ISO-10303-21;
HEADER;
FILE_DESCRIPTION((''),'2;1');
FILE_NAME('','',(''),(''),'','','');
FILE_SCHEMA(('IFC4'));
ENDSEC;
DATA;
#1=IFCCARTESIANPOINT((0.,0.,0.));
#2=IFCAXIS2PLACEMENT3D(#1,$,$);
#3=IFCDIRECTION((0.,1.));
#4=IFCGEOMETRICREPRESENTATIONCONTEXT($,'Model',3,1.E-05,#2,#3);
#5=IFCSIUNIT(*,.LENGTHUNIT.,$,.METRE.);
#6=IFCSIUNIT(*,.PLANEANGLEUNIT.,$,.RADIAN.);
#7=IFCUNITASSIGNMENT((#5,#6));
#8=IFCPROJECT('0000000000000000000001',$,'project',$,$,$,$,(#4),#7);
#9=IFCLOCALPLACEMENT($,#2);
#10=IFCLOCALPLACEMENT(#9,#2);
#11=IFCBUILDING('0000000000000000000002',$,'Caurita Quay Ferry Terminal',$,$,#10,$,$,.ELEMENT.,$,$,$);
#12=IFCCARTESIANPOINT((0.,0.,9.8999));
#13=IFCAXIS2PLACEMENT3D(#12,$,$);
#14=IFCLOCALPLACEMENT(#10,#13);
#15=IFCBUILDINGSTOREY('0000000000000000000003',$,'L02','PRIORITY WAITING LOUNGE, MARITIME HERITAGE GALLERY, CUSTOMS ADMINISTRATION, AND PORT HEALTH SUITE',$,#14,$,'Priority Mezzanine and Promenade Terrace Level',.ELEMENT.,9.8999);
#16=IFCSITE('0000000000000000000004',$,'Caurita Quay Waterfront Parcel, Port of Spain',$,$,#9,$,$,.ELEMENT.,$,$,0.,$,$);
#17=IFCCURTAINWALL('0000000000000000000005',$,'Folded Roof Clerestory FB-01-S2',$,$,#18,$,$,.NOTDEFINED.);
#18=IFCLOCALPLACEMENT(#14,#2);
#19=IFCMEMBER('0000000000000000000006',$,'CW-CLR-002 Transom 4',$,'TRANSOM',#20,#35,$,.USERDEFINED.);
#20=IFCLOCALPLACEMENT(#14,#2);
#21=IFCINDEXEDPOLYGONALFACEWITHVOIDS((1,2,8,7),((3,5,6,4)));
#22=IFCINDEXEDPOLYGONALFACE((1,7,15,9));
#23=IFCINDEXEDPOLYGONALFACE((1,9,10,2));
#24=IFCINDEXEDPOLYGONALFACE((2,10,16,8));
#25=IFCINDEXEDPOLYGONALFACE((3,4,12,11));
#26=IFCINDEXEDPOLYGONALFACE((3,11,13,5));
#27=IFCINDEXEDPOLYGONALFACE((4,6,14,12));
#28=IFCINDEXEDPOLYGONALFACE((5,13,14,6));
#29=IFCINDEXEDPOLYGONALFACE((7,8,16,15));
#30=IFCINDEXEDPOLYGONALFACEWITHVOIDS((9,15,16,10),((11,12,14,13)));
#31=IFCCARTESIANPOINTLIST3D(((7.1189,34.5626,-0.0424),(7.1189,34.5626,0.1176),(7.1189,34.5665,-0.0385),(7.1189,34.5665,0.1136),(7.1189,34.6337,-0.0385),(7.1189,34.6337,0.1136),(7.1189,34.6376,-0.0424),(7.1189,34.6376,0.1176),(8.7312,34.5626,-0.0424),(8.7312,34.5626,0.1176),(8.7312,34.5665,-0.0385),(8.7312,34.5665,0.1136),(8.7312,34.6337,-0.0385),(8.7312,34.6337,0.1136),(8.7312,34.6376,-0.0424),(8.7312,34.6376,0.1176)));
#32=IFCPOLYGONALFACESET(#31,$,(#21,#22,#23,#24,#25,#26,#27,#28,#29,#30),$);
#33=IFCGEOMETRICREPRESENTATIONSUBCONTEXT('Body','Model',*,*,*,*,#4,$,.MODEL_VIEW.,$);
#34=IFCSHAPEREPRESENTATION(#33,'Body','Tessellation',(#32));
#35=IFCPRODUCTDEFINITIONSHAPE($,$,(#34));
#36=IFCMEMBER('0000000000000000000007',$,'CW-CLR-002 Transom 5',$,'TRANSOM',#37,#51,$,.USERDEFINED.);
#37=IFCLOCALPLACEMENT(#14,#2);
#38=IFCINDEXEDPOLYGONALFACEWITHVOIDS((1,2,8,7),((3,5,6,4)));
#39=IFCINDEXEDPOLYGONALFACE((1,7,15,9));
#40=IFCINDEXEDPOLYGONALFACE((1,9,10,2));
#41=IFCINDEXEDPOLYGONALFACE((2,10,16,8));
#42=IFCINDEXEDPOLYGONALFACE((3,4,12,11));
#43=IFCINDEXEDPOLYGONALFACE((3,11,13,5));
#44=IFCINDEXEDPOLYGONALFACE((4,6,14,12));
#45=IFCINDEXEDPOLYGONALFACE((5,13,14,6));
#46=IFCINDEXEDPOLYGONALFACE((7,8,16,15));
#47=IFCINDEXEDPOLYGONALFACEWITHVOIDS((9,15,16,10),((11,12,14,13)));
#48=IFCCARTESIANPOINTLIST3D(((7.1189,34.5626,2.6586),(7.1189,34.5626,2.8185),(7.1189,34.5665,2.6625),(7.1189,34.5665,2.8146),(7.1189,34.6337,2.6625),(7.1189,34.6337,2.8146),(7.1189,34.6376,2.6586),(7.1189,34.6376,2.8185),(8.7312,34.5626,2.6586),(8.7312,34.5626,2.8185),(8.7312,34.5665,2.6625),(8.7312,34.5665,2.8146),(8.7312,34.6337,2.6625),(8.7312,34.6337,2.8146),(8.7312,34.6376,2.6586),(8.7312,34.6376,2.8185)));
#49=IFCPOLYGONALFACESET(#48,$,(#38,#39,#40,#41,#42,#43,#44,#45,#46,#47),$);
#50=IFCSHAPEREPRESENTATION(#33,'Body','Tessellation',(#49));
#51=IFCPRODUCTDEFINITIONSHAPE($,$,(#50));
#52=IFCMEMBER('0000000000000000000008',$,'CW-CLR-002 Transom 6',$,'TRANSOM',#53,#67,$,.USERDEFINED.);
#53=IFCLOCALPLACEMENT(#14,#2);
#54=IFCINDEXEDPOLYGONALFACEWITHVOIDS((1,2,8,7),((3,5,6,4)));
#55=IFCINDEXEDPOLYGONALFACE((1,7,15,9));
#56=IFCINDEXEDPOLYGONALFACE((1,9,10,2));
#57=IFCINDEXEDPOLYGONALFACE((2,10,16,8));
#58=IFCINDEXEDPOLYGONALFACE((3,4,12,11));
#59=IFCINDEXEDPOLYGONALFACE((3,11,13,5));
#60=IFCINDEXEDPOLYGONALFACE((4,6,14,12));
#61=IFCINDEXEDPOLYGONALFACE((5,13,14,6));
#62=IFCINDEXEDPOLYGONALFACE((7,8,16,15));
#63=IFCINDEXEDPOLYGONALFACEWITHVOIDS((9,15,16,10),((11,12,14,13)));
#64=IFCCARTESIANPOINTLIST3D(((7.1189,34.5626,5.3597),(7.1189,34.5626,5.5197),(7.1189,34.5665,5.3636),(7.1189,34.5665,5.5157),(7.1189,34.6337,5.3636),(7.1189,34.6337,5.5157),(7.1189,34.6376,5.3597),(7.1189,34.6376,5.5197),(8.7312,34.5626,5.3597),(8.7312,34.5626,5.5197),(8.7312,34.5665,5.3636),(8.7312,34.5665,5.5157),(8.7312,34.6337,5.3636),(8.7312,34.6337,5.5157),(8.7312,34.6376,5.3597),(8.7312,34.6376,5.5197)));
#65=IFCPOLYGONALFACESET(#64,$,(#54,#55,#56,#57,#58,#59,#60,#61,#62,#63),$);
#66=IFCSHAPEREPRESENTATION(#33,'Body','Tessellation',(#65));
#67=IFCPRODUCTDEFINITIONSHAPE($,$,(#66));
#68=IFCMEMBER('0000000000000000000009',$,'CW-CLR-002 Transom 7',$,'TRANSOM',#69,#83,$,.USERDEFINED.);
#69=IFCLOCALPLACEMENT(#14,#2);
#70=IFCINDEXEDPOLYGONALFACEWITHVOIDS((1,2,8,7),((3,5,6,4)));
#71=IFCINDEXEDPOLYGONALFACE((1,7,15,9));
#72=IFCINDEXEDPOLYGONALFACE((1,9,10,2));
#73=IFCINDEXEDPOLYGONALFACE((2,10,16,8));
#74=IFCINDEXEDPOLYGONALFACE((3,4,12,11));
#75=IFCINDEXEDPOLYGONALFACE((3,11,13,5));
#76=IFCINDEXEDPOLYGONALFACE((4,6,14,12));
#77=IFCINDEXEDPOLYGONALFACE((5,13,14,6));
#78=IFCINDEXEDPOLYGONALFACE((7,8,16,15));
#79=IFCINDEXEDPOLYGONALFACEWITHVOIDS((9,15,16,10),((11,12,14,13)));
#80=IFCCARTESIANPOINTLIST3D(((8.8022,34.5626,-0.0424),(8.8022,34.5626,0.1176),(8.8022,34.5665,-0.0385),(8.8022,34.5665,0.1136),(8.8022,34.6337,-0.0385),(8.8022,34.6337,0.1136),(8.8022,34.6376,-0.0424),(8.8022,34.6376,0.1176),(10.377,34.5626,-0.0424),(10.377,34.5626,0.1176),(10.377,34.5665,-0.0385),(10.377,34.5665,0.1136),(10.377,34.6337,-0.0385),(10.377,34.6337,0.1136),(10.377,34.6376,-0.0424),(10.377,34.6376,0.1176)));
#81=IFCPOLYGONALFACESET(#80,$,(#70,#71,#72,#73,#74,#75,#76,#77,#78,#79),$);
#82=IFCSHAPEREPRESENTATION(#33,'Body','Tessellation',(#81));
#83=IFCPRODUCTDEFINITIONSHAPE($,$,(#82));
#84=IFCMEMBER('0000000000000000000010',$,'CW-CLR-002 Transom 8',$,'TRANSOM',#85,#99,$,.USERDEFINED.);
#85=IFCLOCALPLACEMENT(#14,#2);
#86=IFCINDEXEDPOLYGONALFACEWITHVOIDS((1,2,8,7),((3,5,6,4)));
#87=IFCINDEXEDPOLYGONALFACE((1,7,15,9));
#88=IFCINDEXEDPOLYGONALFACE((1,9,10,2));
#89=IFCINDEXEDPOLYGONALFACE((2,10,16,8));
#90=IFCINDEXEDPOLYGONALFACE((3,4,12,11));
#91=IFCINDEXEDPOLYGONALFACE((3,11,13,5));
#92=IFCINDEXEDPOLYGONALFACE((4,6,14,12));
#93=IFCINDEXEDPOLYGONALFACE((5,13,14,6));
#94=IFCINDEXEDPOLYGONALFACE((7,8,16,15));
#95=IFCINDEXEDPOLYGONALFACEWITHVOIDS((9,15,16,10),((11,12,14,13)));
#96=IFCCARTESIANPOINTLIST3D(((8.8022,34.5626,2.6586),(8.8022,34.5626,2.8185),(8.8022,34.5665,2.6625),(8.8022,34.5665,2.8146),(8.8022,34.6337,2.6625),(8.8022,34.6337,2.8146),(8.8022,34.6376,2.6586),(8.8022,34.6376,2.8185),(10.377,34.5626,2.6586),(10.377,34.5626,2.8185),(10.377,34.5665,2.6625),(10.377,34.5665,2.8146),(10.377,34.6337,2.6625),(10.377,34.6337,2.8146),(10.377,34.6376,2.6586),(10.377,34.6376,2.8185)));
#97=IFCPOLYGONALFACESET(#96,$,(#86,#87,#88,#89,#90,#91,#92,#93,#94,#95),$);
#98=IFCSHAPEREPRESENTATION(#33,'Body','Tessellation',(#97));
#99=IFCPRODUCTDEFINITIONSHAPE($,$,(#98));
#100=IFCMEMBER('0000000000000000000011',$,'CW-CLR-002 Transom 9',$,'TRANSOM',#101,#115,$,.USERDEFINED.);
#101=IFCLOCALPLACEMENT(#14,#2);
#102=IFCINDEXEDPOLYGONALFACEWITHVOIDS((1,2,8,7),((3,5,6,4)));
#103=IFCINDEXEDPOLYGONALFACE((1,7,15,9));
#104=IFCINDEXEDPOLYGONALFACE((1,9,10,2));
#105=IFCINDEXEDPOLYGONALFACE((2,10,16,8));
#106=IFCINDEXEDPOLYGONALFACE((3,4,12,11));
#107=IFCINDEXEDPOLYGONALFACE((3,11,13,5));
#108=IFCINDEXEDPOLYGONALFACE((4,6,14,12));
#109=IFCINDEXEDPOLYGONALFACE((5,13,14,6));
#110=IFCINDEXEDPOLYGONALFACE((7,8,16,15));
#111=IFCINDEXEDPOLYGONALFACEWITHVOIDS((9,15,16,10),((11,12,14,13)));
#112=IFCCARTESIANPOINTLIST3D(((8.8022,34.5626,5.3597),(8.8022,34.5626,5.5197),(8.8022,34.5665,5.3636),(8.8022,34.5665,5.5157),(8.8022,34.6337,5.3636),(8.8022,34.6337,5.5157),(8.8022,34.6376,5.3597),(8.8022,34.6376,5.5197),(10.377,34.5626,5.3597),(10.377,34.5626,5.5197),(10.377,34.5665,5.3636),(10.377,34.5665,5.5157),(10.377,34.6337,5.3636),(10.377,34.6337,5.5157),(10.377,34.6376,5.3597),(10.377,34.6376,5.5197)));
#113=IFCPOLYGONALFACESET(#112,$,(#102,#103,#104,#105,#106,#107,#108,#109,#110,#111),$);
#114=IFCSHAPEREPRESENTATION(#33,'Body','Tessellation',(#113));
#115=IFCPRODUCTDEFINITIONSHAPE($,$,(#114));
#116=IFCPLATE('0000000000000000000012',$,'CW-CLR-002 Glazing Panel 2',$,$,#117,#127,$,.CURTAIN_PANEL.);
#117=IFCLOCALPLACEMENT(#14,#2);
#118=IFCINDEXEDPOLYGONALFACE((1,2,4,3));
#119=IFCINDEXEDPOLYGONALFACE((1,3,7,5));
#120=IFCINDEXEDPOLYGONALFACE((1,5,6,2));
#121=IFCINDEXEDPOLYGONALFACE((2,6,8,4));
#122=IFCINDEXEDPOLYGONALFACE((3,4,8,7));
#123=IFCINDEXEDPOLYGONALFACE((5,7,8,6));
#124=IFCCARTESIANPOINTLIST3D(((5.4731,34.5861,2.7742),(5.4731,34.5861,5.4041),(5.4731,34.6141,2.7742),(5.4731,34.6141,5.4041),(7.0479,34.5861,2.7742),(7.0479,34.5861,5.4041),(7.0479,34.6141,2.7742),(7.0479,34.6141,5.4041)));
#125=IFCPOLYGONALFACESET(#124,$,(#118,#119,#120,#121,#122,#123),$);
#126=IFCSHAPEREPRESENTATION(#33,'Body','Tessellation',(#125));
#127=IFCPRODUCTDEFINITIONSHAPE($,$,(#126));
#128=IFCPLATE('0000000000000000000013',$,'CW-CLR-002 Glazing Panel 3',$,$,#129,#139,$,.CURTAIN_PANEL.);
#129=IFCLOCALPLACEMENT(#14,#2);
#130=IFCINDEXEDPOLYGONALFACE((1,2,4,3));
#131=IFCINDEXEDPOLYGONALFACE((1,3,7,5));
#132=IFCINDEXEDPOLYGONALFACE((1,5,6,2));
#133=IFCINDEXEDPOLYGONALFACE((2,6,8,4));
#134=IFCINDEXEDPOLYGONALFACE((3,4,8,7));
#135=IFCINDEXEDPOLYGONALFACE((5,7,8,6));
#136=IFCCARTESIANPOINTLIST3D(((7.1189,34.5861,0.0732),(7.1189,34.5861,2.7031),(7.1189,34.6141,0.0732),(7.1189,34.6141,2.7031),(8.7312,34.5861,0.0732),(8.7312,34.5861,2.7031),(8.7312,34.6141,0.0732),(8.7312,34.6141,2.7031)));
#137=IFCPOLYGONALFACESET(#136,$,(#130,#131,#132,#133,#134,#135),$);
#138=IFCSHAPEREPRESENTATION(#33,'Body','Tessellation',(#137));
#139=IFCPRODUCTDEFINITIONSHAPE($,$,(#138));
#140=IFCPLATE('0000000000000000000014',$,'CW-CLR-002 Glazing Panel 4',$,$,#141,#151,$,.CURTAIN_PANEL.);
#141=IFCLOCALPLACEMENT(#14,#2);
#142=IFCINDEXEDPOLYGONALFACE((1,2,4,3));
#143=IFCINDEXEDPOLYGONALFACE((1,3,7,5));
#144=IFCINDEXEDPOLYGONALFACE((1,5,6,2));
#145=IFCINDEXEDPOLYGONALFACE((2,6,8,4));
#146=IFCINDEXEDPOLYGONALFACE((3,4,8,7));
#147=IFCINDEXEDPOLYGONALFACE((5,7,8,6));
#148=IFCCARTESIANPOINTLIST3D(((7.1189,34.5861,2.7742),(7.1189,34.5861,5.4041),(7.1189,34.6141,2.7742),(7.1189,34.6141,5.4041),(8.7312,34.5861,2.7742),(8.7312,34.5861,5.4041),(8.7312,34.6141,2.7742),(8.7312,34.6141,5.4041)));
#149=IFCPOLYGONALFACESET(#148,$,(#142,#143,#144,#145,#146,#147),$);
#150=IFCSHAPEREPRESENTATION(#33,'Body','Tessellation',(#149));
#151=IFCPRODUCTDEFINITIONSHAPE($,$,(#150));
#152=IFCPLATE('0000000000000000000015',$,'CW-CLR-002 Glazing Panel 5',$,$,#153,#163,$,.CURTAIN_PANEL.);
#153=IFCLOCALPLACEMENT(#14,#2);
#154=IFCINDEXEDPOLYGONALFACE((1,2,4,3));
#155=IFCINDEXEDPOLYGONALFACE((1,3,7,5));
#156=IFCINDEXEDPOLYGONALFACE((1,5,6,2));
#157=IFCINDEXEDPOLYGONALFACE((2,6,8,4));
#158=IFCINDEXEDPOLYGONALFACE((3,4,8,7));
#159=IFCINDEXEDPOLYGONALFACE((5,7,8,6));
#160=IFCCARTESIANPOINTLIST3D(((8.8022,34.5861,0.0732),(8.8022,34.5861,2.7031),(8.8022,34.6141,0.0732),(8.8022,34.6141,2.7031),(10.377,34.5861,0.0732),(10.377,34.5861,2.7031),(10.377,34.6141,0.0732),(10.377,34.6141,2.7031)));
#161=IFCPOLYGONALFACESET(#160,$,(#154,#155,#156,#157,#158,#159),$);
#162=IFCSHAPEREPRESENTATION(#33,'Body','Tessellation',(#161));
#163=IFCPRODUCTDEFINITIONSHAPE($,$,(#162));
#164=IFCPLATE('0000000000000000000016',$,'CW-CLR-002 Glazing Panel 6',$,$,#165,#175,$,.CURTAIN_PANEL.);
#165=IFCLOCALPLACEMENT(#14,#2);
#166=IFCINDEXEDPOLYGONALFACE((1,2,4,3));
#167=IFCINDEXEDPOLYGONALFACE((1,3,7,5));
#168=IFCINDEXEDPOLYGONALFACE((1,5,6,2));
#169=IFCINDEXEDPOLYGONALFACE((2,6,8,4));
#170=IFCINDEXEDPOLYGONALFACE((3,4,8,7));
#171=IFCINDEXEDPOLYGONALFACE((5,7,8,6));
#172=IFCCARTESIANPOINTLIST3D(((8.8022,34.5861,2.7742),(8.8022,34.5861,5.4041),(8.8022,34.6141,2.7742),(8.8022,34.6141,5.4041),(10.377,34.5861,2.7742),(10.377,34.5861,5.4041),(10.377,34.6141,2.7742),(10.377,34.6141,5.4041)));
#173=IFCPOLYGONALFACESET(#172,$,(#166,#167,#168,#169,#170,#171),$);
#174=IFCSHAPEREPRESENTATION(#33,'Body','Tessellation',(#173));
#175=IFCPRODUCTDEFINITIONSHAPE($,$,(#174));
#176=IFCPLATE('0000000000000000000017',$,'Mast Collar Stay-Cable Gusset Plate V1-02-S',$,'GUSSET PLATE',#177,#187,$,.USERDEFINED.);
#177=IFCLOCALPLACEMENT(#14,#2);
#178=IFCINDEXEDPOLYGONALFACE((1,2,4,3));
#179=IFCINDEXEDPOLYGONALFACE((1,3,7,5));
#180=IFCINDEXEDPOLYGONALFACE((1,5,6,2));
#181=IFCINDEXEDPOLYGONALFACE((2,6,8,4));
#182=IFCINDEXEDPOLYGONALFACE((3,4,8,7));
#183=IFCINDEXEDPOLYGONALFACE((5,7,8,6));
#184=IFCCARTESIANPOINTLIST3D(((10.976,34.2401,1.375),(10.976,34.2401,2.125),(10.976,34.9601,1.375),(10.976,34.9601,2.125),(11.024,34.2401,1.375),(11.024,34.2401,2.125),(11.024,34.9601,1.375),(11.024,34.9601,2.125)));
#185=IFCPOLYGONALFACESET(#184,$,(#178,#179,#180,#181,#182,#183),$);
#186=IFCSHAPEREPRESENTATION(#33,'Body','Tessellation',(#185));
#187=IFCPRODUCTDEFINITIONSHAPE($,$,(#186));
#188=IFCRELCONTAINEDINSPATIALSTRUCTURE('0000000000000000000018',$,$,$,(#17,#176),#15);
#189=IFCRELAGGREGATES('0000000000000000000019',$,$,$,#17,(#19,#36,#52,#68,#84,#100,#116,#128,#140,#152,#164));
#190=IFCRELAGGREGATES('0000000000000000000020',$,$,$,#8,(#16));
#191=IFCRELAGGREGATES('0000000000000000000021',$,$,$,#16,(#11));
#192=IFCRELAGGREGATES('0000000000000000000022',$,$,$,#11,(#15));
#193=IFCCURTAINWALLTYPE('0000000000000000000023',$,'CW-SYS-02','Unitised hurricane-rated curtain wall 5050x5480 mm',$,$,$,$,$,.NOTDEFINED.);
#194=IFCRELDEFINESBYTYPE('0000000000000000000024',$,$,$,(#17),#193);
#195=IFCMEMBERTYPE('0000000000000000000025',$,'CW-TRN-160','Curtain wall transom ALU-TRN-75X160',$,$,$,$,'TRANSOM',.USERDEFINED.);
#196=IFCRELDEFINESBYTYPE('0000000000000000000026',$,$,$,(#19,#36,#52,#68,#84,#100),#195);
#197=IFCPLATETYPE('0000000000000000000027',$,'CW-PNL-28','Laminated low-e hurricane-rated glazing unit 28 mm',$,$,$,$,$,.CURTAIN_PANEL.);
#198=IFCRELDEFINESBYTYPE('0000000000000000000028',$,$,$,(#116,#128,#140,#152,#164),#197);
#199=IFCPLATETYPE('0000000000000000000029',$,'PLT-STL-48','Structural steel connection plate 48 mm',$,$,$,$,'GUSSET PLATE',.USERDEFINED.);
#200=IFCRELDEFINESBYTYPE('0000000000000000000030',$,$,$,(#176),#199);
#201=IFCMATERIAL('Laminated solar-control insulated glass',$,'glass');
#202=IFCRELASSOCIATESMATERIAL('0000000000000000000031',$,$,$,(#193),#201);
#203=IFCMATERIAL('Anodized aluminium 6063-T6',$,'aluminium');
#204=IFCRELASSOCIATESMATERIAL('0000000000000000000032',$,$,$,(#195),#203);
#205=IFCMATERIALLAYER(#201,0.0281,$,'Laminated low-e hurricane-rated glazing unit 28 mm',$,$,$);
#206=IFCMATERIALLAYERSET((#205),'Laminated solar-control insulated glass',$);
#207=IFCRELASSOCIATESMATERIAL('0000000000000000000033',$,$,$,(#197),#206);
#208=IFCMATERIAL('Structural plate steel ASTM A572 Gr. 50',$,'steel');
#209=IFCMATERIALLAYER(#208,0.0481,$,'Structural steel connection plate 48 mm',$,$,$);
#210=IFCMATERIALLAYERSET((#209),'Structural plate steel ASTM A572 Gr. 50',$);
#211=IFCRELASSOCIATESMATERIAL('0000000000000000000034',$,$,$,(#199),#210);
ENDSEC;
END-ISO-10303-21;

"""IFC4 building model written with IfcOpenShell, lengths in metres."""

from ifc_helpers import new_model, si_unit, direction, frame, origin, origin_2d, place, context, subcontext, project, spatial, rectangle, hollow_rectangle, extrude, material, layer, layer_set, material_profile, profile_set, type_object, element, aggregate, save


model = new_model("IFC4")

# Units and contexts
model_context = context("Model", 3, precision=1e-05, world=origin(), true_north=direction((0.0, 1.0)))
body_context = subcontext(model_context, "Body", "Model", "MODEL_VIEW")
ifc_project = project(units=[si_unit("LENGTHUNIT", "METRE"), si_unit("PLANEANGLEUNIT", "RADIAN")], contexts=[model_context])

# Site, building, storey
site_placement = place(None, origin())
site = spatial("IfcSite", under=ifc_project, at=site_placement, Name="Caurita Quay Waterfront Parcel, Port of Spain", CompositionType="ELEMENT", RefElevation=0.0)
building_placement = place(site_placement, origin())
building = spatial("IfcBuilding", under=site, at=building_placement, Name="Caurita Quay Ferry Terminal", CompositionType="ELEMENT")
storey_placement = place(building_placement, frame((0.0, 0.0, 9.8999)))
storey = spatial("IfcBuildingStorey", under=building, at=storey_placement, Name="L02", Description="PRIORITY WAITING LOUNGE, MARITIME HERITAGE GALLERY, CUSTOMS ADMINISTRATION, AND PORT HEALTH SUITE", LongName="Priority Mezzanine and Promenade Terrace Level", CompositionType="ELEMENT", Elevation=9.8999)

# Curtain wall
ifc_material_1 = material(Name="Laminated solar-control insulated glass", Category="glass")
curtain_wall_type_1 = type_object("IfcCurtainWallType", Name="CW-SYS-02", Description="Unitised hurricane-rated curtain wall 5050x5480 mm", PredefinedType="NOTDEFINED", material=ifc_material_1)
curtain_wall_1_placement = place(storey_placement, origin())
curtain_wall_1 = element("IfcCurtainWall", 1, at=curtain_wall_1_placement, inside=storey, type_object=curtain_wall_type_1, Name="Folded Roof Clerestory FB-01-S2", PredefinedType="NOTDEFINED")
ifc_material_2 = material(Name="Anodized aluminium 6063-T6", Category="aluminium")

# Members
ifc_material_profile_1 = material_profile(ifc_material_2, hollow_rectangle(XDim=0.075, YDim=0.1599, WallThickness=0.0039, at=origin_2d()), Name="ALU-TRN-75X160")
ifc_profile_set_1 = profile_set([ifc_material_profile_1], Name="Anodized aluminium 6063-T6")
member_type_1 = type_object("IfcMemberType", Name="CW-TRN-160", Description="Curtain wall transom ALU-TRN-75X160", ElementType="TRANSOM", PredefinedType="USERDEFINED", material=ifc_profile_set_1)
member_1_placement = place(storey_placement, frame((7.1189, 34.6001, 0.0376), z_axis=(1.0, 0.0, 0.0), x_axis=(0.0, 1.0, 0.0)))
member_1 = element("IfcMember", 2, at=member_1_placement, type_object=member_type_1, Name="CW-CLR-002 Transom 4", ObjectType="TRANSOM", PredefinedType="USERDEFINED", context=body_context, shape_type="SweptSolid", body=[
    extrude(hollow_rectangle(XDim=0.075, YDim=0.1599, WallThickness=0.0039, at=origin_2d()), origin(), (0.0, 0.0, 1.0), 1.6123),
])
member_2_placement = place(storey_placement, frame((7.1189, 34.6001, 2.7385), z_axis=(1.0, 0.0, 0.0), x_axis=(0.0, 1.0, 0.0)))
member_2 = element("IfcMember", 3, at=member_2_placement, type_object=member_type_1, Name="CW-CLR-002 Transom 5", ObjectType="TRANSOM", PredefinedType="USERDEFINED", context=body_context, shape_type="SweptSolid", body=[
    extrude(hollow_rectangle(XDim=0.075, YDim=0.1599, WallThickness=0.0039, at=origin_2d()), origin(), (0.0, 0.0, 1.0), 1.6123),
])
member_3_placement = place(storey_placement, frame((7.1189, 34.6001, 5.4397), z_axis=(1.0, 0.0, 0.0), x_axis=(0.0, 1.0, 0.0)))
member_3 = element("IfcMember", 4, at=member_3_placement, type_object=member_type_1, Name="CW-CLR-002 Transom 6", ObjectType="TRANSOM", PredefinedType="USERDEFINED", context=body_context, shape_type="SweptSolid", body=[
    extrude(hollow_rectangle(XDim=0.075, YDim=0.1599, WallThickness=0.0039, at=origin_2d()), origin(), (0.0, 0.0, 1.0), 1.6123),
])
member_4_placement = place(storey_placement, frame((8.8022, 34.6001, 0.0376), z_axis=(1.0, 0.0, 0.0), x_axis=(0.0, 1.0, 0.0)))
member_4 = element("IfcMember", 5, at=member_4_placement, type_object=member_type_1, Name="CW-CLR-002 Transom 7", ObjectType="TRANSOM", PredefinedType="USERDEFINED", context=body_context, shape_type="SweptSolid", body=[
    extrude(hollow_rectangle(XDim=0.075, YDim=0.1599, WallThickness=0.0039, at=origin_2d()), origin(), (0.0, 0.0, 1.0), 1.5747),
])
member_5_placement = place(storey_placement, frame((8.8022, 34.6001, 2.7385), z_axis=(1.0, 0.0, 0.0), x_axis=(0.0, 1.0, 0.0)))
member_5 = element("IfcMember", 6, at=member_5_placement, type_object=member_type_1, Name="CW-CLR-002 Transom 8", ObjectType="TRANSOM", PredefinedType="USERDEFINED", context=body_context, shape_type="SweptSolid", body=[
    extrude(hollow_rectangle(XDim=0.075, YDim=0.1599, WallThickness=0.0039, at=origin_2d()), origin(), (0.0, 0.0, 1.0), 1.5747),
])
member_6_placement = place(storey_placement, frame((8.8022, 34.6001, 5.4397), z_axis=(1.0, 0.0, 0.0), x_axis=(0.0, 1.0, 0.0)))
member_6 = element("IfcMember", 7, at=member_6_placement, type_object=member_type_1, Name="CW-CLR-002 Transom 9", ObjectType="TRANSOM", PredefinedType="USERDEFINED", context=body_context, shape_type="SweptSolid", body=[
    extrude(hollow_rectangle(XDim=0.075, YDim=0.1599, WallThickness=0.0039, at=origin_2d()), origin(), (0.0, 0.0, 1.0), 1.5747),
])

# Plates
ifc_layer_1 = layer(ifc_material_1, 0.0281, Name="Laminated low-e hurricane-rated glazing unit 28 mm")
ifc_layer_set_1 = layer_set([ifc_layer_1], Name="Laminated solar-control insulated glass")
plate_type_1 = type_object("IfcPlateType", Name="CW-PNL-28", Description="Laminated low-e hurricane-rated glazing unit 28 mm", PredefinedType="CURTAIN_PANEL", material=ifc_layer_set_1)
plate_1_placement = place(storey_placement, frame((6.2605, 34.6001, 2.7742), z_axis=(0.0, 0.0, 1.0), x_axis=(1.0, 0.0, 0.0)))
plate_1 = element("IfcPlate", 8, at=plate_1_placement, type_object=plate_type_1, Name="CW-CLR-002 Glazing Panel 2", PredefinedType="CURTAIN_PANEL", context=body_context, shape_type="SweptSolid", body=[
    extrude(rectangle(XDim=1.5747, YDim=0.0281, at=origin_2d()), origin(), (0.0, 0.0, 1.0), 2.6299),
])
plate_2_placement = place(storey_placement, frame((7.925, 34.6001, 0.0732), z_axis=(0.0, 0.0, 1.0), x_axis=(1.0, 0.0, 0.0)))
plate_2 = element("IfcPlate", 9, at=plate_2_placement, type_object=plate_type_1, Name="CW-CLR-002 Glazing Panel 3", PredefinedType="CURTAIN_PANEL", context=body_context, shape_type="SweptSolid", body=[
    extrude(rectangle(XDim=1.6123, YDim=0.0281, at=origin_2d()), origin(), (0.0, 0.0, 1.0), 2.6299),
])
plate_3_placement = place(storey_placement, frame((7.925, 34.6001, 2.7742), z_axis=(0.0, 0.0, 1.0), x_axis=(1.0, 0.0, 0.0)))
plate_3 = element("IfcPlate", 10, at=plate_3_placement, type_object=plate_type_1, Name="CW-CLR-002 Glazing Panel 4", PredefinedType="CURTAIN_PANEL", context=body_context, shape_type="SweptSolid", body=[
    extrude(rectangle(XDim=1.6123, YDim=0.0281, at=origin_2d()), origin(), (0.0, 0.0, 1.0), 2.6299),
])
plate_4_placement = place(storey_placement, frame((9.5896, 34.6001, 0.0732), z_axis=(0.0, 0.0, 1.0), x_axis=(1.0, 0.0, 0.0)))
plate_4 = element("IfcPlate", 11, at=plate_4_placement, type_object=plate_type_1, Name="CW-CLR-002 Glazing Panel 5", PredefinedType="CURTAIN_PANEL", context=body_context, shape_type="SweptSolid", body=[
    extrude(rectangle(XDim=1.5747, YDim=0.0281, at=origin_2d()), origin(), (0.0, 0.0, 1.0), 2.6299),
])
plate_5_placement = place(storey_placement, frame((9.5896, 34.6001, 2.7742), z_axis=(0.0, 0.0, 1.0), x_axis=(1.0, 0.0, 0.0)))
plate_5 = element("IfcPlate", 12, at=plate_5_placement, type_object=plate_type_1, Name="CW-CLR-002 Glazing Panel 6", PredefinedType="CURTAIN_PANEL", context=body_context, shape_type="SweptSolid", body=[
    extrude(rectangle(XDim=1.5747, YDim=0.0281, at=origin_2d()), origin(), (0.0, 0.0, 1.0), 2.6299),
])
aggregate(curtain_wall_1, [member_1, member_2, member_3, member_4, member_5, member_6, plate_1, plate_2, plate_3, plate_4, plate_5])
ifc_material_3 = material(Name="Structural plate steel ASTM A572 Gr. 50", Category="steel")
ifc_layer_2 = layer(ifc_material_3, 0.0481, Name="Structural steel connection plate 48 mm")
ifc_layer_set_2 = layer_set([ifc_layer_2], Name="Structural plate steel ASTM A572 Gr. 50")
plate_type_2 = type_object("IfcPlateType", Name="PLT-STL-48", Description="Structural steel connection plate 48 mm", ElementType="GUSSET PLATE", PredefinedType="USERDEFINED", material=ifc_layer_set_2)
plate_6_placement = place(storey_placement, frame((11.0, 34.6001, 1.375), z_axis=(0.0, 0.0, 1.0), x_axis=(1.0, 0.0, 0.0)))
element("IfcPlate", 13, at=plate_6_placement, inside=storey, type_object=plate_type_2, Name="Mast Collar Stay-Cable Gusset Plate V1-02-S", ObjectType="GUSSET PLATE", PredefinedType="USERDEFINED", context=body_context, shape_type="SweptSolid", body=[
    extrude(rectangle(XDim=0.0481, YDim=0.72, at=origin_2d()), origin(), (0.0, 0.0, 1.0), 0.75),
])

save(model, "model.ifc")
